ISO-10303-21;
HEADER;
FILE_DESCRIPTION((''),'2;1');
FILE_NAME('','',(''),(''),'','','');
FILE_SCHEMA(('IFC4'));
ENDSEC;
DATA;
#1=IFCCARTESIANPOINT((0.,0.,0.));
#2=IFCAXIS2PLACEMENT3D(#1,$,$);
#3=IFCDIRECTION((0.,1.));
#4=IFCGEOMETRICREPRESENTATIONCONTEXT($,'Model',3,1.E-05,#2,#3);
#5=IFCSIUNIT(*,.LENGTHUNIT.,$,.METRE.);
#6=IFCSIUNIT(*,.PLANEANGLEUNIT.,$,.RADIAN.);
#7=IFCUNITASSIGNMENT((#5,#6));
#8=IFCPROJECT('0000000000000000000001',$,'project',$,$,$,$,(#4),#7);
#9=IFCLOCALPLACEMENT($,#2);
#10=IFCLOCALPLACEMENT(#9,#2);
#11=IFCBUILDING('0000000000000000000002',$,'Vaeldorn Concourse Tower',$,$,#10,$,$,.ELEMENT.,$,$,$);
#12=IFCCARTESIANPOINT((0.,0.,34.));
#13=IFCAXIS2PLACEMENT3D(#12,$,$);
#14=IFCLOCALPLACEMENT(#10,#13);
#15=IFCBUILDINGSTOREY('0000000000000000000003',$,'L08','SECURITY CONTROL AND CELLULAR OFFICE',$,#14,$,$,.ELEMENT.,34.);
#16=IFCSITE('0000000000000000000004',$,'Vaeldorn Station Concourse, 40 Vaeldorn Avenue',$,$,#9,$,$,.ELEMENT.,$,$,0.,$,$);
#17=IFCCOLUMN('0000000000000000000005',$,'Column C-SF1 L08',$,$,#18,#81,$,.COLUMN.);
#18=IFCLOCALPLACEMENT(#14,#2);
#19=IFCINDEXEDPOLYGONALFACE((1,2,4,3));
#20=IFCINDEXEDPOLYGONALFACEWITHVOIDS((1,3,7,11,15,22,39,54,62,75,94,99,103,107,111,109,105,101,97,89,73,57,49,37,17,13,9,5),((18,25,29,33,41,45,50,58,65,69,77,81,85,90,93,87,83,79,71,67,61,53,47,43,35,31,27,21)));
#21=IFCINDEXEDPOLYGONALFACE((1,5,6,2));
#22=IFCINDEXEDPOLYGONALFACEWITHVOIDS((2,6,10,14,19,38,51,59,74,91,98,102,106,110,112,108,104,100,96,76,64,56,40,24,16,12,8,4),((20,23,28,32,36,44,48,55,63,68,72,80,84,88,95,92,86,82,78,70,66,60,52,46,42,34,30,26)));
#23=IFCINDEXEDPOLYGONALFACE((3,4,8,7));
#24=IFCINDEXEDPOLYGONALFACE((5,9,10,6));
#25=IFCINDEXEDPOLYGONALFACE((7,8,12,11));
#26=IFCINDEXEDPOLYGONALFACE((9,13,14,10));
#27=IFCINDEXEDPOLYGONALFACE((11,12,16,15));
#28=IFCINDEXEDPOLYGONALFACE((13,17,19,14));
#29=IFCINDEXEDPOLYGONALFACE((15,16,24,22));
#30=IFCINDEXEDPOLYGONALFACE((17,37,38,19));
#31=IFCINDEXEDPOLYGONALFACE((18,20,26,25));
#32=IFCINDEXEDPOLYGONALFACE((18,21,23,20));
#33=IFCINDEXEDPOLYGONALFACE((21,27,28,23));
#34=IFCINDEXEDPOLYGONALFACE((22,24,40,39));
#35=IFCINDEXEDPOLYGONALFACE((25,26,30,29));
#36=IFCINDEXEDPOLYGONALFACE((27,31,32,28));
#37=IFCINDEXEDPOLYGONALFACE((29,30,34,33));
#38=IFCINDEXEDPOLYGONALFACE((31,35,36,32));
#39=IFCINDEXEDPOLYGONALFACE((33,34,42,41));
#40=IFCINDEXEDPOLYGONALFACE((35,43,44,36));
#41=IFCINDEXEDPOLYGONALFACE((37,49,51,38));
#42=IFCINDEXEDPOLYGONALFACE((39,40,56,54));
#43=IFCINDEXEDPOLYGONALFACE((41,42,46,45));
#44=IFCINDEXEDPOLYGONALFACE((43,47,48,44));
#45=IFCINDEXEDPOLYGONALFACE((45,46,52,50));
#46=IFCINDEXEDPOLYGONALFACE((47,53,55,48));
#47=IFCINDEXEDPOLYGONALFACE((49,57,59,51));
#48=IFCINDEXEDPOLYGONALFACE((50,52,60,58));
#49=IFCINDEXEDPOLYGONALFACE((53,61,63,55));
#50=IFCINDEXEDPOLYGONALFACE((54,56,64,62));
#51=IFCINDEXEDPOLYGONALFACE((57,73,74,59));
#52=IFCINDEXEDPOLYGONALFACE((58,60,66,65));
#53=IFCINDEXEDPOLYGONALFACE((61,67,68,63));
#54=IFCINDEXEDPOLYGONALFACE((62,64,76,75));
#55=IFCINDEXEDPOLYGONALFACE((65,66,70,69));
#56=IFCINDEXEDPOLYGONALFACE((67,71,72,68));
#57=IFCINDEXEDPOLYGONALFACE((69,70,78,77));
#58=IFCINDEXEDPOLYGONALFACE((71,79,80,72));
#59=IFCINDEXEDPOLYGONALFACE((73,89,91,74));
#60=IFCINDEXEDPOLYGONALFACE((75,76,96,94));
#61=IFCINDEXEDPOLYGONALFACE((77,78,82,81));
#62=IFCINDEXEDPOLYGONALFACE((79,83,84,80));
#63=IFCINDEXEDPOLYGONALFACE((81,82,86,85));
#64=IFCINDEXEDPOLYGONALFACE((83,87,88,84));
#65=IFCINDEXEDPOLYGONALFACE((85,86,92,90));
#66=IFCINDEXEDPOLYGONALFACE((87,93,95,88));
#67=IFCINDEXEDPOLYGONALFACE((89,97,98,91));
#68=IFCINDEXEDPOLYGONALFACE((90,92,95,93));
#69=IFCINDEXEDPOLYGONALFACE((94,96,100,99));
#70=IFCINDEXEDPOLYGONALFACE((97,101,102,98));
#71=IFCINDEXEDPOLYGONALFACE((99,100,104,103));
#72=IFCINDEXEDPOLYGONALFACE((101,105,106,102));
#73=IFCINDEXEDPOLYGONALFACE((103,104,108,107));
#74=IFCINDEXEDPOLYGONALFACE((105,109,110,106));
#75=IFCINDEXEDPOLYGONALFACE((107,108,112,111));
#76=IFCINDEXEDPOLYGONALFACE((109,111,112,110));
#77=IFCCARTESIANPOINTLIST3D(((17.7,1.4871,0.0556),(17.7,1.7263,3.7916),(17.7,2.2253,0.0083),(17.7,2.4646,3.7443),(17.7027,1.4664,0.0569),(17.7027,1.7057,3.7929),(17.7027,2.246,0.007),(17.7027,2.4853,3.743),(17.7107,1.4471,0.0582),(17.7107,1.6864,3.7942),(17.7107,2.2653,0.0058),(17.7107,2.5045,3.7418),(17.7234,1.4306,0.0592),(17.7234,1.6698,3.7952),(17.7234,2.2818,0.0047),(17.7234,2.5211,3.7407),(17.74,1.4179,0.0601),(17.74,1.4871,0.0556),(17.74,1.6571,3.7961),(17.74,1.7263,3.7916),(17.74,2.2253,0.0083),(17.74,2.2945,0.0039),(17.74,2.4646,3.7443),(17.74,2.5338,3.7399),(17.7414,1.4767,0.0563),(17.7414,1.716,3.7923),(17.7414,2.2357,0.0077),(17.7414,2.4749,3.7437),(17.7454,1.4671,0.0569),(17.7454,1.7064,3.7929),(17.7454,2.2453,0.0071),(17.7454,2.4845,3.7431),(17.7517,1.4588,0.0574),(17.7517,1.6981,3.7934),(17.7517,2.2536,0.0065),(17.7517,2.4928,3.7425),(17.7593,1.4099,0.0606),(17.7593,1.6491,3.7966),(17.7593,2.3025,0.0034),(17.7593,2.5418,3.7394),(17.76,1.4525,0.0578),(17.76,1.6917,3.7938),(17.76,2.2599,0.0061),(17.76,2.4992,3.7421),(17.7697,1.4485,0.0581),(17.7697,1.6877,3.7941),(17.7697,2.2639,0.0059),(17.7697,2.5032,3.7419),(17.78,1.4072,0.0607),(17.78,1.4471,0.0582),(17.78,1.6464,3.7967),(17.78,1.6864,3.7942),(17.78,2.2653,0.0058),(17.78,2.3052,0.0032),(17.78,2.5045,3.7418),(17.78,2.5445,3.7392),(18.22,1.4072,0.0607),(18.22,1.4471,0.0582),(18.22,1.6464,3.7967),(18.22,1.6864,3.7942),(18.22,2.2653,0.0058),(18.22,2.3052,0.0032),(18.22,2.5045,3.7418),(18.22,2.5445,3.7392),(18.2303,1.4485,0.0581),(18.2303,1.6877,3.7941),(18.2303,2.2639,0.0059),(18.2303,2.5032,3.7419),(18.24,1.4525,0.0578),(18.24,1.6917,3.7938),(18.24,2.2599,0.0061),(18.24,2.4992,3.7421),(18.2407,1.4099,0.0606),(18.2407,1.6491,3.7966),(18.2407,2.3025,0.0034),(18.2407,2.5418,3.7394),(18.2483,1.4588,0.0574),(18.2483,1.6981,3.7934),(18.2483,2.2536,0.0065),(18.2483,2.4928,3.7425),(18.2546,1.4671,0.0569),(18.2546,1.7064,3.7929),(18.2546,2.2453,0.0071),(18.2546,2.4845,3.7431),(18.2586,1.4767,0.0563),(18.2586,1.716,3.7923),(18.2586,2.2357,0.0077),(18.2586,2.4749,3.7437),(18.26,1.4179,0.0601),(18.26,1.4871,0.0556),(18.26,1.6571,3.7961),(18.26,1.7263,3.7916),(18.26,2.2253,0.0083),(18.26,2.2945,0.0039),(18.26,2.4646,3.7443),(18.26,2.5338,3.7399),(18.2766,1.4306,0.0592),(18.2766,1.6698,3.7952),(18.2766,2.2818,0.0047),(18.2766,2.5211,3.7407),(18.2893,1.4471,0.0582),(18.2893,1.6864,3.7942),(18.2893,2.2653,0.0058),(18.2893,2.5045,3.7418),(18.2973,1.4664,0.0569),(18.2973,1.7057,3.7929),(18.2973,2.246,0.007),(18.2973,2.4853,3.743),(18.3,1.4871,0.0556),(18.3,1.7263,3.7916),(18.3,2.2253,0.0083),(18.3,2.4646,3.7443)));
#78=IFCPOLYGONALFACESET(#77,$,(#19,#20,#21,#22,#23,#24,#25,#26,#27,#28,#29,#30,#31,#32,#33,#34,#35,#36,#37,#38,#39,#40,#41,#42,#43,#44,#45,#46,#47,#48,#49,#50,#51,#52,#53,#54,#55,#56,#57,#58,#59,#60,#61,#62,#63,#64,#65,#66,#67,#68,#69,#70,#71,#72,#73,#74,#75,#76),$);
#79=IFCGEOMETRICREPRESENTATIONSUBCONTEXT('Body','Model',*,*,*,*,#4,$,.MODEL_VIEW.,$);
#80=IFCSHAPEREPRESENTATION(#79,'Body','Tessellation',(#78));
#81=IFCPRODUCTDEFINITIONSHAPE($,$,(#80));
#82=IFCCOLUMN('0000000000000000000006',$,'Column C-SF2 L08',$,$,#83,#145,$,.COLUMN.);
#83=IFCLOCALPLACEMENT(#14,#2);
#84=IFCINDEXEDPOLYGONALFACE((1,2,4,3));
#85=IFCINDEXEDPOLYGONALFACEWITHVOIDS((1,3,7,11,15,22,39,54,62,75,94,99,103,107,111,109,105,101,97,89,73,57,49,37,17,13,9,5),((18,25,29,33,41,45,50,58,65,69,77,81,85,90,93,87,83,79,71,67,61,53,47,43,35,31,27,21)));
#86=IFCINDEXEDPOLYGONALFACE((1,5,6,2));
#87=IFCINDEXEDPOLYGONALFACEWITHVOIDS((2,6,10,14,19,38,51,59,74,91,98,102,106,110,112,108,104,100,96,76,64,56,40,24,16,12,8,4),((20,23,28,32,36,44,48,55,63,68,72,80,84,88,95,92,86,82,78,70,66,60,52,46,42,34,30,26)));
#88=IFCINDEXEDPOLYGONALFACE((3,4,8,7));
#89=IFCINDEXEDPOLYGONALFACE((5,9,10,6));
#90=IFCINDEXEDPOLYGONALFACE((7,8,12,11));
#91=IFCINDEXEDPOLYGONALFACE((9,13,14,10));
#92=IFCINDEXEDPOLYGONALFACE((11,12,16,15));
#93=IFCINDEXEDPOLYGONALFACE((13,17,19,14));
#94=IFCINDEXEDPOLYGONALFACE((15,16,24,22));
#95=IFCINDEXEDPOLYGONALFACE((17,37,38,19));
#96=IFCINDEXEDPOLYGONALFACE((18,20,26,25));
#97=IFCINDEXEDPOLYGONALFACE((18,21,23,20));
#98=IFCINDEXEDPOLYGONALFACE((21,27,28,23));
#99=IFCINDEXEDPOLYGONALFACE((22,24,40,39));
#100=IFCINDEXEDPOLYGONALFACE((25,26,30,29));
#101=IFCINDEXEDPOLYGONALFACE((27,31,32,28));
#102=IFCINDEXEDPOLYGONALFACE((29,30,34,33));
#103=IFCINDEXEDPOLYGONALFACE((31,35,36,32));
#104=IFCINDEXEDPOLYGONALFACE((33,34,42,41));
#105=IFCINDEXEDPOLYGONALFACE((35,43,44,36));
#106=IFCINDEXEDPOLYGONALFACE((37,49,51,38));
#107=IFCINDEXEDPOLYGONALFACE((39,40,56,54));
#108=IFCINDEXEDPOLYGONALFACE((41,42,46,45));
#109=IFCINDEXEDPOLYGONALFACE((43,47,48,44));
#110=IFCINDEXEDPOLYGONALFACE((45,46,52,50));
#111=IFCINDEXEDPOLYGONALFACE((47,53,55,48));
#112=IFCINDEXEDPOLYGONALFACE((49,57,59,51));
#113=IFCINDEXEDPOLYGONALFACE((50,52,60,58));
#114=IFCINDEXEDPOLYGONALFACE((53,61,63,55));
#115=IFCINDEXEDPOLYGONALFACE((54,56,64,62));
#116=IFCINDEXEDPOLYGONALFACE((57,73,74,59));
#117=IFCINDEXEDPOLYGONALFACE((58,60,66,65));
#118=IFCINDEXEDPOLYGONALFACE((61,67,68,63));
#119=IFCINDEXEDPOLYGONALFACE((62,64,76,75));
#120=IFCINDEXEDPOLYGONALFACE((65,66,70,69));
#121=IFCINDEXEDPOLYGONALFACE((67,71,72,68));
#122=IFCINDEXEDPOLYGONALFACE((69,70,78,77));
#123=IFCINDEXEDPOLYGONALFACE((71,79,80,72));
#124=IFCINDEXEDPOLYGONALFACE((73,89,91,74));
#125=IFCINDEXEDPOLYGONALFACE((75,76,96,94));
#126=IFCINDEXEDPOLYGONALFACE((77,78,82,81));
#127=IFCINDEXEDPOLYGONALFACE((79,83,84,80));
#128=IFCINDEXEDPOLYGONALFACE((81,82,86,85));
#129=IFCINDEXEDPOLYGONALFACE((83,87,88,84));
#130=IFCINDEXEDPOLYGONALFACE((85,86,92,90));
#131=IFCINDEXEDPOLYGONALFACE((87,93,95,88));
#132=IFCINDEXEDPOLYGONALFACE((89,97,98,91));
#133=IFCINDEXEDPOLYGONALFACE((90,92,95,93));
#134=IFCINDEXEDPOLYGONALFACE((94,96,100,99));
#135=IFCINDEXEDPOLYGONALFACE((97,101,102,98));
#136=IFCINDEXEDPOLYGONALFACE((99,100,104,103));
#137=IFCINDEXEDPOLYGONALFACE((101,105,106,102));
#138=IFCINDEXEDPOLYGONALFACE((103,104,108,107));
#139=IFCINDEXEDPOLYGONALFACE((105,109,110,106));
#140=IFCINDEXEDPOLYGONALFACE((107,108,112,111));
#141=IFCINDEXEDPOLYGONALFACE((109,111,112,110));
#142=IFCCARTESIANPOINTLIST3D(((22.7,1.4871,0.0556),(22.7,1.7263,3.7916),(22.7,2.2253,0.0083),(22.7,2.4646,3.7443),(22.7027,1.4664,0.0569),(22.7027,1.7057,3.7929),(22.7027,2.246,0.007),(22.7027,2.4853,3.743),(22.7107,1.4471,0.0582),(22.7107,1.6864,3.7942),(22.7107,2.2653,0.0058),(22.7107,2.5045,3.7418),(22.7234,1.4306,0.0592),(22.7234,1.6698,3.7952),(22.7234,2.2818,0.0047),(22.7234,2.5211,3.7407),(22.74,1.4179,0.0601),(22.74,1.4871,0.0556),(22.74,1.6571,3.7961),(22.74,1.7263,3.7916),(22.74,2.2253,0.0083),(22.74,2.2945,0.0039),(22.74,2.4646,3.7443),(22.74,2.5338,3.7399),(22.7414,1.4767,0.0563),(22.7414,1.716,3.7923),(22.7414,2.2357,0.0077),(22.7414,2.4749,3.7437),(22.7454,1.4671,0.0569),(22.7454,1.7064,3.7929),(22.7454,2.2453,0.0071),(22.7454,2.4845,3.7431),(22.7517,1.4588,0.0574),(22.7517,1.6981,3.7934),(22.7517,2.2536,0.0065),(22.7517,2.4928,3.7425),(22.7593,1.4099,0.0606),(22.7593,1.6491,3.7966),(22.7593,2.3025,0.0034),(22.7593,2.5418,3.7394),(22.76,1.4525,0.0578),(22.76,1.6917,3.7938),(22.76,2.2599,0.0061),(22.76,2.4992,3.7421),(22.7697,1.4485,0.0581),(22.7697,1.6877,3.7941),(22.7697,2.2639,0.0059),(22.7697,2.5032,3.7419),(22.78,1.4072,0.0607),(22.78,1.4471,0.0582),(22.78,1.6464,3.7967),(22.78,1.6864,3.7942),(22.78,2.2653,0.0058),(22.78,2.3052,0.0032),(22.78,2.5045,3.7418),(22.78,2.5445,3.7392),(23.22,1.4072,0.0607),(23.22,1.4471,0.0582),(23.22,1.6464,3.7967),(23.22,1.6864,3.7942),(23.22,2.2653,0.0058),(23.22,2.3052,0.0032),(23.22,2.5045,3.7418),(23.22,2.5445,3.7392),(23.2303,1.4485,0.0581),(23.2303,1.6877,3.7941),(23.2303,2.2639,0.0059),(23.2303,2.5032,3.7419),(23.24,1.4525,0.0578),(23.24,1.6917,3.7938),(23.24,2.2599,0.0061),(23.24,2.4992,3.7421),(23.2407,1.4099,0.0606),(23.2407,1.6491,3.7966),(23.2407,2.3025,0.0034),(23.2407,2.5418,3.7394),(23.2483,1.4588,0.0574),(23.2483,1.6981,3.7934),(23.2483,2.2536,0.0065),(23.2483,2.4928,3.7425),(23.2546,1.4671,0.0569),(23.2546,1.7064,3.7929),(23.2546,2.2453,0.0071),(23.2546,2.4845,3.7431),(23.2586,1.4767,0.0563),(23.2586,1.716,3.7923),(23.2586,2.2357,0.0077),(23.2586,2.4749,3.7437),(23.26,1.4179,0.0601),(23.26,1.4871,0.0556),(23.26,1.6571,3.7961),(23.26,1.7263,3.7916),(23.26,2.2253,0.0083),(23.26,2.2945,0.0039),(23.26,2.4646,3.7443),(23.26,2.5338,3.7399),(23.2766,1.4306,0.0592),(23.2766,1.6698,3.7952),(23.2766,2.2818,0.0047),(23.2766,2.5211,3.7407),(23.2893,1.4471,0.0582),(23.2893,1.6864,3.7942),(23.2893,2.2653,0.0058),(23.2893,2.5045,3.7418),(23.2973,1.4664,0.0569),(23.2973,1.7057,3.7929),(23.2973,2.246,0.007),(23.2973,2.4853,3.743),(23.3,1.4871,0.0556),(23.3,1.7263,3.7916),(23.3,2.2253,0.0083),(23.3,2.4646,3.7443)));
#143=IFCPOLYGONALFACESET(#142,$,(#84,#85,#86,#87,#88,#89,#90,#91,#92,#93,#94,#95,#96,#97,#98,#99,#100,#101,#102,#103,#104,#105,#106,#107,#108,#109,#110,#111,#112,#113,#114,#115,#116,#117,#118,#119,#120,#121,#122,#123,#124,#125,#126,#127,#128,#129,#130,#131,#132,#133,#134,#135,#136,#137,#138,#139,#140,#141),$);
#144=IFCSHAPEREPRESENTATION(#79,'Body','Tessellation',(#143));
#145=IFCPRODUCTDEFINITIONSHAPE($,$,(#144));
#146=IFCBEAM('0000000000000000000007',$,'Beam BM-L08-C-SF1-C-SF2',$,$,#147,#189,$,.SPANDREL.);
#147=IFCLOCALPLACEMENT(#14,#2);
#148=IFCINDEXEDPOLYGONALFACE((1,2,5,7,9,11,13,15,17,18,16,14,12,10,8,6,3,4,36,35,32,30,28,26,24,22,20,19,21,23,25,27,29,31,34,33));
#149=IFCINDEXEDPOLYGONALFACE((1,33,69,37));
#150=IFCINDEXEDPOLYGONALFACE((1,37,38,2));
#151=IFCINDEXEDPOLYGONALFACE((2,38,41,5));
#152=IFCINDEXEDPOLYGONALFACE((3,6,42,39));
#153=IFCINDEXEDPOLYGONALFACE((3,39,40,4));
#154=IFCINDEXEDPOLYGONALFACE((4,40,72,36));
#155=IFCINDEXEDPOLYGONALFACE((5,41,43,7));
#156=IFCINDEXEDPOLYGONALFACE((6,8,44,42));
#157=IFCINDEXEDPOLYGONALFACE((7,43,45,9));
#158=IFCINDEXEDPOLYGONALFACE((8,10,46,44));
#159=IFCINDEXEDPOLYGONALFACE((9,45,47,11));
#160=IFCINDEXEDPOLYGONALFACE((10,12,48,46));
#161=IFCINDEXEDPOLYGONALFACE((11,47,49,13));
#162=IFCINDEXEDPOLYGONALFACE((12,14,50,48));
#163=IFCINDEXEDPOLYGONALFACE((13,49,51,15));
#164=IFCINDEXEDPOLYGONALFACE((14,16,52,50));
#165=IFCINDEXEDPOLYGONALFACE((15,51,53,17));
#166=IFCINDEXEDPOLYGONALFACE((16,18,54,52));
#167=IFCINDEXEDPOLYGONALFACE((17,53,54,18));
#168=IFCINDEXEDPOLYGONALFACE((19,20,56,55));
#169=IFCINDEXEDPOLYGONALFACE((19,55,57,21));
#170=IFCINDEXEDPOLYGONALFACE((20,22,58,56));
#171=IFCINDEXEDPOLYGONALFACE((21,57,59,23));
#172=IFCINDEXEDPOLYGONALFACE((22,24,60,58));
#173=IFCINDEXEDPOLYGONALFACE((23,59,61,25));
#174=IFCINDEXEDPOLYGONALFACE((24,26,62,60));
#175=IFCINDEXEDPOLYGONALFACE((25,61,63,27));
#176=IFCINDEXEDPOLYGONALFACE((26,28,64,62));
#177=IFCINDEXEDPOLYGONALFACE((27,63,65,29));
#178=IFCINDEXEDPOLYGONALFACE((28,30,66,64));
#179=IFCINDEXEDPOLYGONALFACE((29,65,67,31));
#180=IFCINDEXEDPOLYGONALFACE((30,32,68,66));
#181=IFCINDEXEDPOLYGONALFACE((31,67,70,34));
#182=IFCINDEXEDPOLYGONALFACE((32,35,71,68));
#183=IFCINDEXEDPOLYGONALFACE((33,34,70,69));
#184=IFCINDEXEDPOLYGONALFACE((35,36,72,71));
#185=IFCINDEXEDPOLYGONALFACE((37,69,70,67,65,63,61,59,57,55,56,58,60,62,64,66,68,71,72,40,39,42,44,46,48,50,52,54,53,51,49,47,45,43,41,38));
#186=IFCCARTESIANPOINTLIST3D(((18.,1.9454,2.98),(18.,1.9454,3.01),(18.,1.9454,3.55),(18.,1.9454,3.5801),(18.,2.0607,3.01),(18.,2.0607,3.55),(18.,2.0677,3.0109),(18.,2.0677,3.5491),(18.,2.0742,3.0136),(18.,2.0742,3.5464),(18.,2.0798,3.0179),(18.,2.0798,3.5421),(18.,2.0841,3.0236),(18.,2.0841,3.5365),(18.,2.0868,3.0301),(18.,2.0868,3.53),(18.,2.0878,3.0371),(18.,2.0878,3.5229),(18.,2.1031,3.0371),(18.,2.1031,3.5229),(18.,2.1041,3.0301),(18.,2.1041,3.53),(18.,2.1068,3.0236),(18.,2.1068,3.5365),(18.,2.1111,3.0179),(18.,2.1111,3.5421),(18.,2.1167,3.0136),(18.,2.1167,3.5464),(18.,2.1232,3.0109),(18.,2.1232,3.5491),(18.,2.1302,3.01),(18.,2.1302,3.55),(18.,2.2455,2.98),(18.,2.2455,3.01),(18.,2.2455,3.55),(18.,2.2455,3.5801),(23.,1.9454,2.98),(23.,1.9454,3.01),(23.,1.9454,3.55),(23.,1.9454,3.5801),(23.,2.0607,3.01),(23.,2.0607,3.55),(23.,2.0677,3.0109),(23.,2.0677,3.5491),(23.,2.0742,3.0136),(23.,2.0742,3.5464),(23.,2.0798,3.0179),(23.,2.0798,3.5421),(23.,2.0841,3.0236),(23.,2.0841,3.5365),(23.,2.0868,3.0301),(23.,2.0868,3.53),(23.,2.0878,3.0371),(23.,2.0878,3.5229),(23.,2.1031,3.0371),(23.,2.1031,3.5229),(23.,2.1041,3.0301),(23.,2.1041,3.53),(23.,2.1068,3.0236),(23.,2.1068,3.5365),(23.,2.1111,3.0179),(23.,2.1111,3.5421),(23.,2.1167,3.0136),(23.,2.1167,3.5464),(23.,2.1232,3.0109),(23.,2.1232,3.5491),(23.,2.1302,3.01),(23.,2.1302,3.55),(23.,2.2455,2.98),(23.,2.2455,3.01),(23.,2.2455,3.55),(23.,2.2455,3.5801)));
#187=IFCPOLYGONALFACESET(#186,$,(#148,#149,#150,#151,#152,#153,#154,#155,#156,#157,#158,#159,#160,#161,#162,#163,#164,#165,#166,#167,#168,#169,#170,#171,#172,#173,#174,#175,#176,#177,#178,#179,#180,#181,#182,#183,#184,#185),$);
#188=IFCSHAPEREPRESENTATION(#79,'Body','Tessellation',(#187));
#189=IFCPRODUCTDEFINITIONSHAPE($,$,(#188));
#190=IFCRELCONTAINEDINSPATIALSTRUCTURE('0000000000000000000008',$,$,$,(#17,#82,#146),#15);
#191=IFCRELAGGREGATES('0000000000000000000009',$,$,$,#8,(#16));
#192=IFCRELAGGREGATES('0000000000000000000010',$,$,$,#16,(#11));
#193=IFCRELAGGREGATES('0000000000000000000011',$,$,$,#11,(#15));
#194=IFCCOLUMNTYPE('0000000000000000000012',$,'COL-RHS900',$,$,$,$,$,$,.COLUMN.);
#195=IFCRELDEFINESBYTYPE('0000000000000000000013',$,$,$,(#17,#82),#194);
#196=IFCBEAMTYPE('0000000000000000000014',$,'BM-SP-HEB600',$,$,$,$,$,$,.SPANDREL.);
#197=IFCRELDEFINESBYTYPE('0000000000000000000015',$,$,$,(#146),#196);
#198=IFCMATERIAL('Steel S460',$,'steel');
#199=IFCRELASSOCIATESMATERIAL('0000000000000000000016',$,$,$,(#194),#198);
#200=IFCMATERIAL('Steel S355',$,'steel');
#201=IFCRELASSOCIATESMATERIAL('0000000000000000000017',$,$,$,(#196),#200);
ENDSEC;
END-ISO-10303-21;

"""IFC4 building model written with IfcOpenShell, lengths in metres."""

from ifc_helpers import new_model, si_unit, direction, frame, origin, origin_2d, place, context, subcontext, project, spatial, hollow_rectangle, i_section, extrude, source, transform, mapped, material, material_profile, profile_set, type_object, element, save


model = new_model("IFC4")

# Units and contexts
model_context = context("Model", 3, precision=1e-05, world=origin(), true_north=direction((0.0, 1.0)))
body_context = subcontext(model_context, "Body", "Model", "MODEL_VIEW")
ifc_project = project(units=[si_unit("LENGTHUNIT", "METRE"), si_unit("PLANEANGLEUNIT", "RADIAN")], contexts=[model_context])

# Site, building, storey
site_placement = place(None, origin())
site = spatial("IfcSite", under=ifc_project, at=site_placement, Name="Vaeldorn Station Concourse, 40 Vaeldorn Avenue", CompositionType="ELEMENT", RefElevation=0.0)
building_placement = place(site_placement, origin())
building = spatial("IfcBuilding", under=site, at=building_placement, Name="Vaeldorn Concourse Tower", CompositionType="ELEMENT")
storey_placement = place(building_placement, frame((0.0, 0.0, 34.0)))
storey = spatial("IfcBuildingStorey", under=building, at=storey_placement, Name="L08", Description="SECURITY CONTROL AND CELLULAR OFFICE", CompositionType="ELEMENT", Elevation=34.0)

# Columns
ifc_material_1 = material(Name="Steel S460", Category="steel")
ifc_material_profile_1 = material_profile(ifc_material_1, hollow_rectangle(XDim=0.6001, YDim=0.8999, WallThickness=0.04, InnerFilletRadius=0.04, OuterFilletRadius=0.0801, at=origin_2d()), Name="RHS 900x600x40")
ifc_profile_set_1 = profile_set([ifc_material_profile_1], Name="Steel S460")
column_type = type_object("IfcColumnType", Name="COL-RHS900", PredefinedType="COLUMN", material=ifc_profile_set_1)
shared_shape_1 = source(origin(), body_context, "Body", "SweptSolid", [
    extrude(hollow_rectangle(XDim=0.6001, YDim=0.8999, WallThickness=0.04, InnerFilletRadius=0.04, OuterFilletRadius=0.0801, at=origin_2d()), origin(), (0.0, 0.0, 1.0), 3.7437),
])
for number, where, z_axis, x_axis, name in (
    (1, (18.0, 1.8562, 0.032), (0.0, 0.063909, 0.997956), (-1.0, 0.0, 0.0), "Column C-SF1 L08"),
    (2, (23.0, 1.8562, 0.032), (0.0, 0.063909, 0.997956), (-1.0, 0.0, 0.0), "Column C-SF2 L08"),
):
    element("IfcColumn", number, at=place(storey_placement, frame(where, z_axis=z_axis, x_axis=x_axis)), inside=storey, type_object=column_type, Name=name, PredefinedType="COLUMN", context=body_context, shape_type="MappedRepresentation", body=[
        mapped(shared_shape_1, transform((0.0, 0.0, 0.0), scale=1.0)),
    ])

# Beam
ifc_material_2 = material(Name="Steel S355", Category="steel")
ifc_material_profile_2 = material_profile(ifc_material_2, i_section(OverallWidth=0.3, OverallDepth=0.6001, WebThickness=0.0154, FlangeThickness=0.03, FilletRadius=0.0271, at=origin_2d()), Name="HEB 600")
ifc_profile_set_2 = profile_set([ifc_material_profile_2], Name="Steel S355")
beam_type_1 = type_object("IfcBeamType", Name="BM-SP-HEB600", PredefinedType="SPANDREL", material=ifc_profile_set_2)
shared_shape_2 = source(origin(), body_context, "Body", "SweptSolid", [
    extrude(i_section(OverallWidth=0.3, OverallDepth=0.6001, WebThickness=0.0154, FlangeThickness=0.03, FilletRadius=0.0271, at=origin_2d()), origin(), (0.0, 0.0, 1.0), 5.0),
])
beam_1_placement = place(storey_placement, frame((18.0, 2.0955, 3.28), z_axis=(1.0, 0.0, 0.0), x_axis=(0.0, 1.0, 0.0)))
element("IfcBeam", 3, at=beam_1_placement, inside=storey, type_object=beam_type_1, Name="Beam BM-L08-C-SF1-C-SF2", PredefinedType="SPANDREL", context=body_context, shape_type="MappedRepresentation", body=[
    mapped(shared_shape_2, transform((0.0, 0.0, 0.0), scale=1.0)),
])

save(model, "model.ifc")
